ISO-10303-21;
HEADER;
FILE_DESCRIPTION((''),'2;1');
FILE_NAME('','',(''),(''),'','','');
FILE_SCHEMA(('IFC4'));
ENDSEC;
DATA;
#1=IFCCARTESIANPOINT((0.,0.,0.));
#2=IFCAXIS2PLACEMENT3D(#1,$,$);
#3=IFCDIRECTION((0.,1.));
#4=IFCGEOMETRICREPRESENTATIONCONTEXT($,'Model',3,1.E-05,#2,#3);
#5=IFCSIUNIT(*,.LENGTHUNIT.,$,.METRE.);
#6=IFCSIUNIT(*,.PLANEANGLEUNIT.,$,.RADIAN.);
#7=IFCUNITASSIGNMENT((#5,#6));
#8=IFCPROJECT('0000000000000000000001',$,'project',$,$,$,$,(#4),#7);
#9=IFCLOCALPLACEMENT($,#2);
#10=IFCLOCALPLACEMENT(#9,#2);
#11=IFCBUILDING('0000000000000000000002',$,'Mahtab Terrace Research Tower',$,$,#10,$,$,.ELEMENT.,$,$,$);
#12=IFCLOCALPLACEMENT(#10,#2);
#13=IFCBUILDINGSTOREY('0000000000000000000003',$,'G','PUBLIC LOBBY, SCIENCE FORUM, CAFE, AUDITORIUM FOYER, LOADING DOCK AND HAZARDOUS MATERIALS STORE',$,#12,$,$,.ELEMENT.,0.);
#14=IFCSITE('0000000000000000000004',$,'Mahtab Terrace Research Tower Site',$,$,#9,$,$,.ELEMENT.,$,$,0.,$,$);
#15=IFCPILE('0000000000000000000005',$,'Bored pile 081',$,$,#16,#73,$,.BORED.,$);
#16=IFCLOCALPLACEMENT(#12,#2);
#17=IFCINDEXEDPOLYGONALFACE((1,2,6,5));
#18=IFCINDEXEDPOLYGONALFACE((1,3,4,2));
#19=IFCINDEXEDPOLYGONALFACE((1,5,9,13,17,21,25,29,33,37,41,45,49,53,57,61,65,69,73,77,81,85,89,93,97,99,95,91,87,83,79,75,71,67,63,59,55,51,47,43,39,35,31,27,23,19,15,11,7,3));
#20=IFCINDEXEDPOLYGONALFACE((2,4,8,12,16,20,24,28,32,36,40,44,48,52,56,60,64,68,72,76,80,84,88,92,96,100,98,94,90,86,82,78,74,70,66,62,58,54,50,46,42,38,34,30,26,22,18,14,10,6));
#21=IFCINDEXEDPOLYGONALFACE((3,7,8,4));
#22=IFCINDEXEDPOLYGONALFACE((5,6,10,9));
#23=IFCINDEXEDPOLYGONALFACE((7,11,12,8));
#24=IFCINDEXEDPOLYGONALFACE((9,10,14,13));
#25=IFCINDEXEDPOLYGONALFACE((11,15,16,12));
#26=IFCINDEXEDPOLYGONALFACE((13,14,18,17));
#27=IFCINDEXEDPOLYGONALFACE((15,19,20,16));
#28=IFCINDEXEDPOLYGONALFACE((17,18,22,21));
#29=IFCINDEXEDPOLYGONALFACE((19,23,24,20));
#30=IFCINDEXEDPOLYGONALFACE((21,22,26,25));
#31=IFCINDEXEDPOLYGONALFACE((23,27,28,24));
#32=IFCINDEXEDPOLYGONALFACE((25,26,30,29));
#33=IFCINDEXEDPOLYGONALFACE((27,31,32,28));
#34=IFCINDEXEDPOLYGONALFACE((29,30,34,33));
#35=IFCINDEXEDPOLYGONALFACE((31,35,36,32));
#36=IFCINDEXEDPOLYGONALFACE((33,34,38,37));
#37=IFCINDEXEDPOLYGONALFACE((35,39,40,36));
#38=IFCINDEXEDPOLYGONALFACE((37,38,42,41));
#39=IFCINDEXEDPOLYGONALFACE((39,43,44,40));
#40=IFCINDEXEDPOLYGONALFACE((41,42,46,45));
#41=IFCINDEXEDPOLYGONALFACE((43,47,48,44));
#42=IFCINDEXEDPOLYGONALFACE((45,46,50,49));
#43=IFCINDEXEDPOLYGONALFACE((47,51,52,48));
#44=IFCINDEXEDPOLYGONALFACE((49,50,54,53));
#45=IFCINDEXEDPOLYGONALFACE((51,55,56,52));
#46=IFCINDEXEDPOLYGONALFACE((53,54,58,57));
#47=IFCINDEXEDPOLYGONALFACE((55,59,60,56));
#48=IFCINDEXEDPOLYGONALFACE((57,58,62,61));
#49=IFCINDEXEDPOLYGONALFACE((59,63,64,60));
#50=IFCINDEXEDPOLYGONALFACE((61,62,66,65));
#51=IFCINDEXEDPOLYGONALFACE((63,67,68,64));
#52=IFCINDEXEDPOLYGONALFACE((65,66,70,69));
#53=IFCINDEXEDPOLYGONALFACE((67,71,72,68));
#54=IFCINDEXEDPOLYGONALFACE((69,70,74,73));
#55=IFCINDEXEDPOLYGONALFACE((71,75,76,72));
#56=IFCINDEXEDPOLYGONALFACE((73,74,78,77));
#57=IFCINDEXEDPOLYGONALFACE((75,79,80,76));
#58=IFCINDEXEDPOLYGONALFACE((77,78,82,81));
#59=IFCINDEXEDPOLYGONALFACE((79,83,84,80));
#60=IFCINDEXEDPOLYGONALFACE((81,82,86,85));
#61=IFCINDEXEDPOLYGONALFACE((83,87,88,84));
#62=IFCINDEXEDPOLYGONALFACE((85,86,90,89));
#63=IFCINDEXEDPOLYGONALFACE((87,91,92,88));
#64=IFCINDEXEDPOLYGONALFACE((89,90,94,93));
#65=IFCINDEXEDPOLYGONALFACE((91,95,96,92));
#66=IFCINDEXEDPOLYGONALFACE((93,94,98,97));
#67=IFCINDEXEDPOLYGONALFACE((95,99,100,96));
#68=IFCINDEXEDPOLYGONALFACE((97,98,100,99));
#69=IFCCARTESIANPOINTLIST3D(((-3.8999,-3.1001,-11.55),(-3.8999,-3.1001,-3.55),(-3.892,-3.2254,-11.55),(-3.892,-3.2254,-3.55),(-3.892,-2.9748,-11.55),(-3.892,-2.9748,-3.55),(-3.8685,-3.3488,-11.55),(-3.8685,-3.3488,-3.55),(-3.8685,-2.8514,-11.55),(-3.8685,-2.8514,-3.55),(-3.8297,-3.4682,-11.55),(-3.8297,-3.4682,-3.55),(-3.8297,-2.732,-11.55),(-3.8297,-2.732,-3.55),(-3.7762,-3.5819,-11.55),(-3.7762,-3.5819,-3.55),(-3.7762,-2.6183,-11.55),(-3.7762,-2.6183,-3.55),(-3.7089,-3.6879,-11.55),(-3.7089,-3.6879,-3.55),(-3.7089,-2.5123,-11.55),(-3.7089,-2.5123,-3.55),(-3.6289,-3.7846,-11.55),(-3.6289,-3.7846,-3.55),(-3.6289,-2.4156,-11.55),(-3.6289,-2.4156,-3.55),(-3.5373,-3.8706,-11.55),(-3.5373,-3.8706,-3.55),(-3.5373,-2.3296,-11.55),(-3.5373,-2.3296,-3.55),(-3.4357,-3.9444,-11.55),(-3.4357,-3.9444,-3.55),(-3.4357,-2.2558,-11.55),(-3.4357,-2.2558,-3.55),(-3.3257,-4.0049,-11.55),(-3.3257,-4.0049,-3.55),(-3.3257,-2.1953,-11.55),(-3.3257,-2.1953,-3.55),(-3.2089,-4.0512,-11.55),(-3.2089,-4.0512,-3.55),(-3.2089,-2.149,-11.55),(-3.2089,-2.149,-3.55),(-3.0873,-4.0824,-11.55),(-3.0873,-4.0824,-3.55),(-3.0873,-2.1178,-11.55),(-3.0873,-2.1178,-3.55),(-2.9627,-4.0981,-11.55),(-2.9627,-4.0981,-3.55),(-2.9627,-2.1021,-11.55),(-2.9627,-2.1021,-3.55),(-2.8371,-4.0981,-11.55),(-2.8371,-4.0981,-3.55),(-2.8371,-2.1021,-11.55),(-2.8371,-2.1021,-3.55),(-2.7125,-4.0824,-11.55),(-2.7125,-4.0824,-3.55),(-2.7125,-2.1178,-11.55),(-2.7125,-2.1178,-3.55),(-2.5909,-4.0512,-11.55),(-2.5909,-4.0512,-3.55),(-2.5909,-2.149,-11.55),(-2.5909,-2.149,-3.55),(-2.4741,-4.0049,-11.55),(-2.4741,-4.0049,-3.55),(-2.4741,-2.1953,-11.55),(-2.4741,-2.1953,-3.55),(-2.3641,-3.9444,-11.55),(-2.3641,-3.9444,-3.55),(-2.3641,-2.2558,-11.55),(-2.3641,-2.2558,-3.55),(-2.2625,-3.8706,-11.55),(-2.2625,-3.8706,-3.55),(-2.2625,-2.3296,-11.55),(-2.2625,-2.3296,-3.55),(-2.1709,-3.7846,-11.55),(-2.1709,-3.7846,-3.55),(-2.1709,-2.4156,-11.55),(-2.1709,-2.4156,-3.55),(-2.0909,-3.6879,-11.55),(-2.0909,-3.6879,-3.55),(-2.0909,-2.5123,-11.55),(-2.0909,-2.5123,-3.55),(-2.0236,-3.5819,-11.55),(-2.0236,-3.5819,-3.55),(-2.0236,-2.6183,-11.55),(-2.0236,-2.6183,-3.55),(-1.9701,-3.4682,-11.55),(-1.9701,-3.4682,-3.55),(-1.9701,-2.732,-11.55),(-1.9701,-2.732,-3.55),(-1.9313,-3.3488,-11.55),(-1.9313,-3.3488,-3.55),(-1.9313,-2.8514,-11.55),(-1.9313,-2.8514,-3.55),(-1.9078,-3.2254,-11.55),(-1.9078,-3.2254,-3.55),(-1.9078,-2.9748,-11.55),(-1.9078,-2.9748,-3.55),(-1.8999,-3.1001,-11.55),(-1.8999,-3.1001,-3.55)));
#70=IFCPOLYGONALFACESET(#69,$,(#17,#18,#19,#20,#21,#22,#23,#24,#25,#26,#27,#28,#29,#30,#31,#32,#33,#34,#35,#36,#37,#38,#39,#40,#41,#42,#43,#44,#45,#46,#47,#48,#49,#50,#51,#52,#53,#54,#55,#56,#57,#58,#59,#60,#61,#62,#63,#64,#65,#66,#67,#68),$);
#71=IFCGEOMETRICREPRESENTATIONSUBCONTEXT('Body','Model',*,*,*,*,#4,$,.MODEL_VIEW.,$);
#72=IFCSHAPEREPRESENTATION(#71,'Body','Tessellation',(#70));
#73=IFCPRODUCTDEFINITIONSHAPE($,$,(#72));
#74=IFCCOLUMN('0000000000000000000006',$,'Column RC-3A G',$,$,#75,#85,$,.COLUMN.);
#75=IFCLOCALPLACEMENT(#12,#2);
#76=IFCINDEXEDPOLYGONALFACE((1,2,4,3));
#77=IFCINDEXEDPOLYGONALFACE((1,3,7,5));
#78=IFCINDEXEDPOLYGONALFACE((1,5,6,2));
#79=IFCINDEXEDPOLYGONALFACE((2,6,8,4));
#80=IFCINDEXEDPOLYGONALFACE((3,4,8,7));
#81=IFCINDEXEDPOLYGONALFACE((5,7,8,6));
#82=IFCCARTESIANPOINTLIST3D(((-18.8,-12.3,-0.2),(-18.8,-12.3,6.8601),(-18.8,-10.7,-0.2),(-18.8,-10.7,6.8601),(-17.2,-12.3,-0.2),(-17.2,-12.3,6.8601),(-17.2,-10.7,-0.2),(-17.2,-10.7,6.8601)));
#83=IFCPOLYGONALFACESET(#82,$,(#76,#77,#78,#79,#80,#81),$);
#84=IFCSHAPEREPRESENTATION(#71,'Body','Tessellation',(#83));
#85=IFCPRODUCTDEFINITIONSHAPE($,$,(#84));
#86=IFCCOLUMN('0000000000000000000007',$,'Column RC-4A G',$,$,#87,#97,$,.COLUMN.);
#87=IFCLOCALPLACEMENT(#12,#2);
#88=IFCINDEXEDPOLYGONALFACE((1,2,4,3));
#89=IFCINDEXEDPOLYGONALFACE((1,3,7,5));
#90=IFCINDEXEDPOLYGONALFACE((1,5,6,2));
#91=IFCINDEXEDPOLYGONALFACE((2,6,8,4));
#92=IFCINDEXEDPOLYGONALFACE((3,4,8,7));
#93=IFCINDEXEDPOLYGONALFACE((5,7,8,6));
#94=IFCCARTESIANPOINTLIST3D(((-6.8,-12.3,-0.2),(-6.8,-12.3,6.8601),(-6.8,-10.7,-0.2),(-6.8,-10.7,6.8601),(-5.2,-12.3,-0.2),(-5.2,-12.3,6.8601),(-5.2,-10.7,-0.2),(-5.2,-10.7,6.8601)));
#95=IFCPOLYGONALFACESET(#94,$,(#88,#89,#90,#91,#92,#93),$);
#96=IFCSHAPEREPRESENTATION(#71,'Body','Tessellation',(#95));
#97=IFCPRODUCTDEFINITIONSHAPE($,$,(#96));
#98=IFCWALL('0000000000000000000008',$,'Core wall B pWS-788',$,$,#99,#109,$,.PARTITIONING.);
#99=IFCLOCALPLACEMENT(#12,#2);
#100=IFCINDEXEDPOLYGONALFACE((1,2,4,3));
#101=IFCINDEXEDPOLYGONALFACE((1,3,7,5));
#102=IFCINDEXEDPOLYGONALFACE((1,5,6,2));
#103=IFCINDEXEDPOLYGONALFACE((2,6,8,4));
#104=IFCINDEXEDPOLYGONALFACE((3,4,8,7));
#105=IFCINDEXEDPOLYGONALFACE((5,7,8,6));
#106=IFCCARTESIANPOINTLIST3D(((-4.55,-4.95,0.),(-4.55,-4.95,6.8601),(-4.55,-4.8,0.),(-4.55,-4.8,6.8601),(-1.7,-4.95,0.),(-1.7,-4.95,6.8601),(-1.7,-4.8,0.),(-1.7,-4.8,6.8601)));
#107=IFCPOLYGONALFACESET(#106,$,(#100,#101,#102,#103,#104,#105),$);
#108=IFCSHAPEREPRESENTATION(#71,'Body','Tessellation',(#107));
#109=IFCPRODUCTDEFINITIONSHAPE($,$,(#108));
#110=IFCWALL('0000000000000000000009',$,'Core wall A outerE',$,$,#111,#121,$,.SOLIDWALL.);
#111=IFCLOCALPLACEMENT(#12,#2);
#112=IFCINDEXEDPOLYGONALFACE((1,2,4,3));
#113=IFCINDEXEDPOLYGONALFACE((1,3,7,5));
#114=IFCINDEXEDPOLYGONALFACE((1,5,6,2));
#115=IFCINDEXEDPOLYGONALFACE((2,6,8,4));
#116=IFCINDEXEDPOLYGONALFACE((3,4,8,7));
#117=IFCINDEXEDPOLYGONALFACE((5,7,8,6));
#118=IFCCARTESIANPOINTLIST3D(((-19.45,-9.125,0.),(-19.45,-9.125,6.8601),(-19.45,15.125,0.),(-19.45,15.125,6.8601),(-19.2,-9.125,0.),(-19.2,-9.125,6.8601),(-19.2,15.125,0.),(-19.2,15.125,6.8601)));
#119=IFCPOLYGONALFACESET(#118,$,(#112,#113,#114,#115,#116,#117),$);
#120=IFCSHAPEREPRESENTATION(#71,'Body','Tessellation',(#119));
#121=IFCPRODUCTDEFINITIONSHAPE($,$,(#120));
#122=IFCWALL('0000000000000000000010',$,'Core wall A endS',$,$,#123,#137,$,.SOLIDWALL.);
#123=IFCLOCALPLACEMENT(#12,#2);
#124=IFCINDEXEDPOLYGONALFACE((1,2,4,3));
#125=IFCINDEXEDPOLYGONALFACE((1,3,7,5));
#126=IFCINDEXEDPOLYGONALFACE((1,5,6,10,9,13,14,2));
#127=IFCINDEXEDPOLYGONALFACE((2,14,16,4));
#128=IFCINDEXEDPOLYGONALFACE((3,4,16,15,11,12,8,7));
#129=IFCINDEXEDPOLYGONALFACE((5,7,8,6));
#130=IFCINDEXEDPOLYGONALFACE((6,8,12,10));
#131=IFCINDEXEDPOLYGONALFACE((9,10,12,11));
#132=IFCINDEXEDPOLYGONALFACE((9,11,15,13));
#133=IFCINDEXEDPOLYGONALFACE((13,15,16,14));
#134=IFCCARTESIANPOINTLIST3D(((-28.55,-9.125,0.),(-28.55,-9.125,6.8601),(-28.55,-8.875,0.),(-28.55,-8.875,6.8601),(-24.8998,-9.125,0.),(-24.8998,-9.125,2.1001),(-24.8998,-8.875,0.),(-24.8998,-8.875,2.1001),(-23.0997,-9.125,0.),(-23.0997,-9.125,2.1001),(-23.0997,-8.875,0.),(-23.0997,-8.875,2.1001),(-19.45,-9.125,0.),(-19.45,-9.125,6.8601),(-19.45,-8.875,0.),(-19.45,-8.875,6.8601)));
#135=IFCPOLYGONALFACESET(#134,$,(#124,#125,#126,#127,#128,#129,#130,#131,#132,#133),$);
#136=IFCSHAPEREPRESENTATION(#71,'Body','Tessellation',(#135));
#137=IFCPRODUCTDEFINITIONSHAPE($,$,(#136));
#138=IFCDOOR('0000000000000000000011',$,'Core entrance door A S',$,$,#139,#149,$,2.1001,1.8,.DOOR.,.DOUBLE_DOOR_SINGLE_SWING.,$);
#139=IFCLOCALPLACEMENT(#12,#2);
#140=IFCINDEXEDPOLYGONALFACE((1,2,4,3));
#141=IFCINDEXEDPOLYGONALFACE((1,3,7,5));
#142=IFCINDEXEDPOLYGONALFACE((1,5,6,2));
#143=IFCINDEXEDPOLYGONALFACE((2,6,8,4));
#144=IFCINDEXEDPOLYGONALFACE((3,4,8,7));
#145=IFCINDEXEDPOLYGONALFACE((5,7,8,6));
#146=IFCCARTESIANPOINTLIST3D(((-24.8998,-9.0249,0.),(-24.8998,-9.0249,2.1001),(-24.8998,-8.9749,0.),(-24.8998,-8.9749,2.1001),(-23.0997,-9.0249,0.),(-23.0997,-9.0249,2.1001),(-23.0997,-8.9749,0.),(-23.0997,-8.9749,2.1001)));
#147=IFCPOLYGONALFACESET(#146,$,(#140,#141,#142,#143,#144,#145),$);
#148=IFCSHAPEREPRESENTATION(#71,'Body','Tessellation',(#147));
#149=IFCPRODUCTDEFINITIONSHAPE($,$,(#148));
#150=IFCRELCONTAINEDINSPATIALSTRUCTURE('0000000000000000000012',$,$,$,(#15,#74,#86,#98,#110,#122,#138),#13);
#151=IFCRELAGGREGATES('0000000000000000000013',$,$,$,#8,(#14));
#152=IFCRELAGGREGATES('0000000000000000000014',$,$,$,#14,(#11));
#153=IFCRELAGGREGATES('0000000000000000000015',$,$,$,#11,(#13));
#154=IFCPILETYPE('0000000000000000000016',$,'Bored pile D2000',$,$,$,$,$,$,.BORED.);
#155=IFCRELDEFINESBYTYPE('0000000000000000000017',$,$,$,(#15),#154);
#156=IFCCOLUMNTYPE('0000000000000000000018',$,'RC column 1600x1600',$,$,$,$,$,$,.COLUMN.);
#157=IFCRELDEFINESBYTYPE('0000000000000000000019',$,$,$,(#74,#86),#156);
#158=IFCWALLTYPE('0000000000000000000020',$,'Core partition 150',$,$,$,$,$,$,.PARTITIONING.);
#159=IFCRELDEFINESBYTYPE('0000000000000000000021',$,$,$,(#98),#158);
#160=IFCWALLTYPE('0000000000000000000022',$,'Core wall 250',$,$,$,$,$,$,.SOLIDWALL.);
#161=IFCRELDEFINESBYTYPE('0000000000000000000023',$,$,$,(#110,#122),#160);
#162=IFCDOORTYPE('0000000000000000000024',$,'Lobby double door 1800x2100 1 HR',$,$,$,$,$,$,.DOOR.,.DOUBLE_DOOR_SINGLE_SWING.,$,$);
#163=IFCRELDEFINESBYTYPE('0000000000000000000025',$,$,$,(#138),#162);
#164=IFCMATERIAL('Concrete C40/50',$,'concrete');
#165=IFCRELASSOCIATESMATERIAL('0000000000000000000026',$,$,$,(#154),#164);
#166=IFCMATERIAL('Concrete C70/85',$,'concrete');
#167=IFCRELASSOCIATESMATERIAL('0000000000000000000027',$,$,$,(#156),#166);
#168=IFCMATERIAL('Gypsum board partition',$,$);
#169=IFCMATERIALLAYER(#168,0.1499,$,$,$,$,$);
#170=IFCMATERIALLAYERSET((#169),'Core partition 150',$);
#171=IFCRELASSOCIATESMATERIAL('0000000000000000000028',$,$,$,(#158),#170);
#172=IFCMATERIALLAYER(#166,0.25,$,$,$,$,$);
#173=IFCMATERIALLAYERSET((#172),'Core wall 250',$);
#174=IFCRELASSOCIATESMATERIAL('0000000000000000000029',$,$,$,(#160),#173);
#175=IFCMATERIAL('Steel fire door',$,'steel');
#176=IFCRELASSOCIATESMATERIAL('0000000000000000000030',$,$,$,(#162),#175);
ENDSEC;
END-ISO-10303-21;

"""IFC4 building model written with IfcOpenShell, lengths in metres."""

from ifc_helpers import new_model, si_unit, direction, frame, frame_2d, origin, origin_2d, place, context, subcontext, project, spatial, rectangle, circle, extrude, material, layer, layer_set, material_profile, profile_set, type_object, element, fill, save


model = new_model("IFC4")

# Units and contexts
model_context = context("Model", 3, precision=1e-05, world=origin(), true_north=direction((0.0, 1.0)))
body_context = subcontext(model_context, "Body", "Model", "MODEL_VIEW")
ifc_project = project(units=[si_unit("LENGTHUNIT", "METRE"), si_unit("PLANEANGLEUNIT", "RADIAN")], contexts=[model_context])

# Site, building, storey
site_placement = place(None, origin())
site = spatial("IfcSite", under=ifc_project, at=site_placement, Name="Mahtab Terrace Research Tower Site", CompositionType="ELEMENT", RefElevation=0.0)
building_placement = place(site_placement, origin())
building = spatial("IfcBuilding", under=site, at=building_placement, Name="Mahtab Terrace Research Tower", CompositionType="ELEMENT")
storey_placement = place(building_placement, origin())
storey = spatial("IfcBuildingStorey", under=building, at=storey_placement, Name="G", Description="PUBLIC LOBBY, SCIENCE FORUM, CAFE, AUDITORIUM FOYER, LOADING DOCK AND HAZARDOUS MATERIALS STORE", CompositionType="ELEMENT", Elevation=0.0)

# Pile
ifc_material_1 = material(Name="Concrete C40/50", Category="concrete")
ifc_material_profile_1 = material_profile(ifc_material_1, circle(Radius=1.0, at=origin_2d()), Name="Bored pile D2000")
ifc_profile_set_1 = profile_set([ifc_material_profile_1], Name="Concrete C40/50")
pile_type = type_object("IfcPileType", Name="Bored pile D2000", PredefinedType="BORED", material=ifc_profile_set_1)
for number, where, z_axis, x_axis, name in (
    (1, (-2.8999, -3.1001, -3.55), (0.0, 0.0, -1.0), (1.0, 0.0, 0.0), "Bored pile 081"),
):
    element("IfcPile", number, at=place(storey_placement, frame(where, z_axis=z_axis, x_axis=x_axis)), inside=storey, type_object=pile_type, Name=name, PredefinedType="BORED", context=body_context, shape_type="SweptSolid", body=[
        extrude(circle(Radius=1.0, at=origin_2d()), origin(), (0.0, 0.0, 1.0), 8.0),
    ])

# Columns
ifc_material_2 = material(Name="Concrete C70/85", Category="concrete")
ifc_material_profile_2 = material_profile(ifc_material_2, rectangle(XDim=1.6001, YDim=1.6001, at=origin_2d()), Name="RC column 1600x1600")
ifc_profile_set_2 = profile_set([ifc_material_profile_2], Name="Concrete C70/85")
column_type = type_object("IfcColumnType", Name="RC column 1600x1600", PredefinedType="COLUMN", material=ifc_profile_set_2)
for number, where, z_axis, x_axis, name in (
    (2, (-18.0, -11.5, -0.2), (0.0, 0.0, 1.0), (1.0, 0.0, 0.0), "Column RC-3A G"),
    (3, (-6.0, -11.5, -0.2), (0.0, 0.0, 1.0), (1.0, 0.0, 0.0), "Column RC-4A G"),
):
    element("IfcColumn", number, at=place(storey_placement, frame(where, z_axis=z_axis, x_axis=x_axis)), inside=storey, type_object=column_type, Name=name, PredefinedType="COLUMN", context=body_context, shape_type="SweptSolid", body=[
        extrude(rectangle(XDim=1.6001, YDim=1.6001, at=origin_2d()), origin(), (0.0, 0.0, 1.0), 7.0601),
    ])

# Walls
ifc_material_3 = material(Name="Gypsum board partition")
ifc_layer_1 = layer(ifc_material_3, 0.1499)
ifc_layer_set_1 = layer_set([ifc_layer_1], Name="Core partition 150")
wall_type_1 = type_object("IfcWallType", Name="Core partition 150", PredefinedType="PARTITIONING", material=ifc_layer_set_1)
wall_1_placement = place(storey_placement, frame((-4.55, -4.875, 0.0), z_axis=(0.0, 0.0, 1.0), x_axis=(1.0, 0.0, 0.0)))
element("IfcWall", 4, at=wall_1_placement, inside=storey, type_object=wall_type_1, Name="Core wall B pWS-788", PredefinedType="PARTITIONING", context=body_context, shape_type="SweptSolid", body=[
    extrude(rectangle(XDim=2.8501, YDim=0.1499, at=frame_2d((1.425, 0.0))), origin(), (0.0, 0.0, 1.0), 6.8601),
])
ifc_layer_2 = layer(ifc_material_2, 0.25)
ifc_layer_set_2 = layer_set([ifc_layer_2], Name="Core wall 250")
wall_type_2 = type_object("IfcWallType", Name="Core wall 250", PredefinedType="SOLIDWALL", material=ifc_layer_set_2)
wall_2_placement = place(storey_placement, frame((-19.325, -9.125, 0.0), z_axis=(0.0, 0.0, 1.0), x_axis=(0.0, 1.0, 0.0)))
element("IfcWall", 5, at=wall_2_placement, inside=storey, type_object=wall_type_2, Name="Core wall A outerE", PredefinedType="SOLIDWALL", context=body_context, shape_type="SweptSolid", body=[
    extrude(rectangle(XDim=24.25, YDim=0.25, at=frame_2d((12.125, 0.0))), origin(), (0.0, 0.0, 1.0), 6.8601),
])

# Wall, opening, door
wall_3_placement = place(storey_placement, frame((-19.45, -9.0, 0.0), z_axis=(0.0, 0.0, 1.0), x_axis=(-1.0, 0.0, 0.0)))
wall_3 = element("IfcWall", 6, at=wall_3_placement, inside=storey, type_object=wall_type_2, Name="Core wall A endS", PredefinedType="SOLIDWALL", context=body_context, shape_type="SweptSolid", body=[
    extrude(rectangle(XDim=9.1001, YDim=0.25, at=frame_2d((4.55, 0.0))), origin(), (0.0, 0.0, 1.0), 6.8601),
])
opening_1_placement = place(wall_3_placement, frame((3.6499, 0.0, 0.0)))
opening_1 = element("IfcOpeningElement", 7, at=opening_1_placement, cuts=wall_3, PredefinedType="OPENING", context=body_context, shape_type="SweptSolid", body=[
    extrude(rectangle(XDim=1.8, YDim=2.1001, at=frame_2d((0.8999, 1.05))), frame((0.0, 0.135, 0.0), z_axis=(0.0, -1.0, 0.0), x_axis=(1.0, 0.0, 0.0)), (0.0, 0.0, 1.0), 0.27),
])
ifc_material_4 = material(Name="Steel fire door", Category="steel")
door_type_1 = type_object("IfcDoorType", Name="Lobby double door 1800x2100 1 HR", OperationType="DOUBLE_DOOR_SINGLE_SWING", PredefinedType="DOOR", material=ifc_material_4)
door_1_placement = place(opening_1_placement, origin())
door_1 = element("IfcDoor", 8, at=door_1_placement, inside=storey, type_object=door_type_1, Name="Core entrance door A S", OperationType="DOUBLE_DOOR_SINGLE_SWING", OverallHeight=2.1001, OverallWidth=1.8, PredefinedType="DOOR", context=body_context, shape_type="SweptSolid", body=[
    extrude(rectangle(XDim=1.8, YDim=2.1001, at=frame_2d((0.8999, 1.05))), frame((0.0, 0.0249, 0.0), z_axis=(0.0, -1.0, 0.0), x_axis=(1.0, 0.0, 0.0)), (0.0, 0.0, 1.0), 0.05),
])
fill(opening_1, door_1)

save(model, "model.ifc")
